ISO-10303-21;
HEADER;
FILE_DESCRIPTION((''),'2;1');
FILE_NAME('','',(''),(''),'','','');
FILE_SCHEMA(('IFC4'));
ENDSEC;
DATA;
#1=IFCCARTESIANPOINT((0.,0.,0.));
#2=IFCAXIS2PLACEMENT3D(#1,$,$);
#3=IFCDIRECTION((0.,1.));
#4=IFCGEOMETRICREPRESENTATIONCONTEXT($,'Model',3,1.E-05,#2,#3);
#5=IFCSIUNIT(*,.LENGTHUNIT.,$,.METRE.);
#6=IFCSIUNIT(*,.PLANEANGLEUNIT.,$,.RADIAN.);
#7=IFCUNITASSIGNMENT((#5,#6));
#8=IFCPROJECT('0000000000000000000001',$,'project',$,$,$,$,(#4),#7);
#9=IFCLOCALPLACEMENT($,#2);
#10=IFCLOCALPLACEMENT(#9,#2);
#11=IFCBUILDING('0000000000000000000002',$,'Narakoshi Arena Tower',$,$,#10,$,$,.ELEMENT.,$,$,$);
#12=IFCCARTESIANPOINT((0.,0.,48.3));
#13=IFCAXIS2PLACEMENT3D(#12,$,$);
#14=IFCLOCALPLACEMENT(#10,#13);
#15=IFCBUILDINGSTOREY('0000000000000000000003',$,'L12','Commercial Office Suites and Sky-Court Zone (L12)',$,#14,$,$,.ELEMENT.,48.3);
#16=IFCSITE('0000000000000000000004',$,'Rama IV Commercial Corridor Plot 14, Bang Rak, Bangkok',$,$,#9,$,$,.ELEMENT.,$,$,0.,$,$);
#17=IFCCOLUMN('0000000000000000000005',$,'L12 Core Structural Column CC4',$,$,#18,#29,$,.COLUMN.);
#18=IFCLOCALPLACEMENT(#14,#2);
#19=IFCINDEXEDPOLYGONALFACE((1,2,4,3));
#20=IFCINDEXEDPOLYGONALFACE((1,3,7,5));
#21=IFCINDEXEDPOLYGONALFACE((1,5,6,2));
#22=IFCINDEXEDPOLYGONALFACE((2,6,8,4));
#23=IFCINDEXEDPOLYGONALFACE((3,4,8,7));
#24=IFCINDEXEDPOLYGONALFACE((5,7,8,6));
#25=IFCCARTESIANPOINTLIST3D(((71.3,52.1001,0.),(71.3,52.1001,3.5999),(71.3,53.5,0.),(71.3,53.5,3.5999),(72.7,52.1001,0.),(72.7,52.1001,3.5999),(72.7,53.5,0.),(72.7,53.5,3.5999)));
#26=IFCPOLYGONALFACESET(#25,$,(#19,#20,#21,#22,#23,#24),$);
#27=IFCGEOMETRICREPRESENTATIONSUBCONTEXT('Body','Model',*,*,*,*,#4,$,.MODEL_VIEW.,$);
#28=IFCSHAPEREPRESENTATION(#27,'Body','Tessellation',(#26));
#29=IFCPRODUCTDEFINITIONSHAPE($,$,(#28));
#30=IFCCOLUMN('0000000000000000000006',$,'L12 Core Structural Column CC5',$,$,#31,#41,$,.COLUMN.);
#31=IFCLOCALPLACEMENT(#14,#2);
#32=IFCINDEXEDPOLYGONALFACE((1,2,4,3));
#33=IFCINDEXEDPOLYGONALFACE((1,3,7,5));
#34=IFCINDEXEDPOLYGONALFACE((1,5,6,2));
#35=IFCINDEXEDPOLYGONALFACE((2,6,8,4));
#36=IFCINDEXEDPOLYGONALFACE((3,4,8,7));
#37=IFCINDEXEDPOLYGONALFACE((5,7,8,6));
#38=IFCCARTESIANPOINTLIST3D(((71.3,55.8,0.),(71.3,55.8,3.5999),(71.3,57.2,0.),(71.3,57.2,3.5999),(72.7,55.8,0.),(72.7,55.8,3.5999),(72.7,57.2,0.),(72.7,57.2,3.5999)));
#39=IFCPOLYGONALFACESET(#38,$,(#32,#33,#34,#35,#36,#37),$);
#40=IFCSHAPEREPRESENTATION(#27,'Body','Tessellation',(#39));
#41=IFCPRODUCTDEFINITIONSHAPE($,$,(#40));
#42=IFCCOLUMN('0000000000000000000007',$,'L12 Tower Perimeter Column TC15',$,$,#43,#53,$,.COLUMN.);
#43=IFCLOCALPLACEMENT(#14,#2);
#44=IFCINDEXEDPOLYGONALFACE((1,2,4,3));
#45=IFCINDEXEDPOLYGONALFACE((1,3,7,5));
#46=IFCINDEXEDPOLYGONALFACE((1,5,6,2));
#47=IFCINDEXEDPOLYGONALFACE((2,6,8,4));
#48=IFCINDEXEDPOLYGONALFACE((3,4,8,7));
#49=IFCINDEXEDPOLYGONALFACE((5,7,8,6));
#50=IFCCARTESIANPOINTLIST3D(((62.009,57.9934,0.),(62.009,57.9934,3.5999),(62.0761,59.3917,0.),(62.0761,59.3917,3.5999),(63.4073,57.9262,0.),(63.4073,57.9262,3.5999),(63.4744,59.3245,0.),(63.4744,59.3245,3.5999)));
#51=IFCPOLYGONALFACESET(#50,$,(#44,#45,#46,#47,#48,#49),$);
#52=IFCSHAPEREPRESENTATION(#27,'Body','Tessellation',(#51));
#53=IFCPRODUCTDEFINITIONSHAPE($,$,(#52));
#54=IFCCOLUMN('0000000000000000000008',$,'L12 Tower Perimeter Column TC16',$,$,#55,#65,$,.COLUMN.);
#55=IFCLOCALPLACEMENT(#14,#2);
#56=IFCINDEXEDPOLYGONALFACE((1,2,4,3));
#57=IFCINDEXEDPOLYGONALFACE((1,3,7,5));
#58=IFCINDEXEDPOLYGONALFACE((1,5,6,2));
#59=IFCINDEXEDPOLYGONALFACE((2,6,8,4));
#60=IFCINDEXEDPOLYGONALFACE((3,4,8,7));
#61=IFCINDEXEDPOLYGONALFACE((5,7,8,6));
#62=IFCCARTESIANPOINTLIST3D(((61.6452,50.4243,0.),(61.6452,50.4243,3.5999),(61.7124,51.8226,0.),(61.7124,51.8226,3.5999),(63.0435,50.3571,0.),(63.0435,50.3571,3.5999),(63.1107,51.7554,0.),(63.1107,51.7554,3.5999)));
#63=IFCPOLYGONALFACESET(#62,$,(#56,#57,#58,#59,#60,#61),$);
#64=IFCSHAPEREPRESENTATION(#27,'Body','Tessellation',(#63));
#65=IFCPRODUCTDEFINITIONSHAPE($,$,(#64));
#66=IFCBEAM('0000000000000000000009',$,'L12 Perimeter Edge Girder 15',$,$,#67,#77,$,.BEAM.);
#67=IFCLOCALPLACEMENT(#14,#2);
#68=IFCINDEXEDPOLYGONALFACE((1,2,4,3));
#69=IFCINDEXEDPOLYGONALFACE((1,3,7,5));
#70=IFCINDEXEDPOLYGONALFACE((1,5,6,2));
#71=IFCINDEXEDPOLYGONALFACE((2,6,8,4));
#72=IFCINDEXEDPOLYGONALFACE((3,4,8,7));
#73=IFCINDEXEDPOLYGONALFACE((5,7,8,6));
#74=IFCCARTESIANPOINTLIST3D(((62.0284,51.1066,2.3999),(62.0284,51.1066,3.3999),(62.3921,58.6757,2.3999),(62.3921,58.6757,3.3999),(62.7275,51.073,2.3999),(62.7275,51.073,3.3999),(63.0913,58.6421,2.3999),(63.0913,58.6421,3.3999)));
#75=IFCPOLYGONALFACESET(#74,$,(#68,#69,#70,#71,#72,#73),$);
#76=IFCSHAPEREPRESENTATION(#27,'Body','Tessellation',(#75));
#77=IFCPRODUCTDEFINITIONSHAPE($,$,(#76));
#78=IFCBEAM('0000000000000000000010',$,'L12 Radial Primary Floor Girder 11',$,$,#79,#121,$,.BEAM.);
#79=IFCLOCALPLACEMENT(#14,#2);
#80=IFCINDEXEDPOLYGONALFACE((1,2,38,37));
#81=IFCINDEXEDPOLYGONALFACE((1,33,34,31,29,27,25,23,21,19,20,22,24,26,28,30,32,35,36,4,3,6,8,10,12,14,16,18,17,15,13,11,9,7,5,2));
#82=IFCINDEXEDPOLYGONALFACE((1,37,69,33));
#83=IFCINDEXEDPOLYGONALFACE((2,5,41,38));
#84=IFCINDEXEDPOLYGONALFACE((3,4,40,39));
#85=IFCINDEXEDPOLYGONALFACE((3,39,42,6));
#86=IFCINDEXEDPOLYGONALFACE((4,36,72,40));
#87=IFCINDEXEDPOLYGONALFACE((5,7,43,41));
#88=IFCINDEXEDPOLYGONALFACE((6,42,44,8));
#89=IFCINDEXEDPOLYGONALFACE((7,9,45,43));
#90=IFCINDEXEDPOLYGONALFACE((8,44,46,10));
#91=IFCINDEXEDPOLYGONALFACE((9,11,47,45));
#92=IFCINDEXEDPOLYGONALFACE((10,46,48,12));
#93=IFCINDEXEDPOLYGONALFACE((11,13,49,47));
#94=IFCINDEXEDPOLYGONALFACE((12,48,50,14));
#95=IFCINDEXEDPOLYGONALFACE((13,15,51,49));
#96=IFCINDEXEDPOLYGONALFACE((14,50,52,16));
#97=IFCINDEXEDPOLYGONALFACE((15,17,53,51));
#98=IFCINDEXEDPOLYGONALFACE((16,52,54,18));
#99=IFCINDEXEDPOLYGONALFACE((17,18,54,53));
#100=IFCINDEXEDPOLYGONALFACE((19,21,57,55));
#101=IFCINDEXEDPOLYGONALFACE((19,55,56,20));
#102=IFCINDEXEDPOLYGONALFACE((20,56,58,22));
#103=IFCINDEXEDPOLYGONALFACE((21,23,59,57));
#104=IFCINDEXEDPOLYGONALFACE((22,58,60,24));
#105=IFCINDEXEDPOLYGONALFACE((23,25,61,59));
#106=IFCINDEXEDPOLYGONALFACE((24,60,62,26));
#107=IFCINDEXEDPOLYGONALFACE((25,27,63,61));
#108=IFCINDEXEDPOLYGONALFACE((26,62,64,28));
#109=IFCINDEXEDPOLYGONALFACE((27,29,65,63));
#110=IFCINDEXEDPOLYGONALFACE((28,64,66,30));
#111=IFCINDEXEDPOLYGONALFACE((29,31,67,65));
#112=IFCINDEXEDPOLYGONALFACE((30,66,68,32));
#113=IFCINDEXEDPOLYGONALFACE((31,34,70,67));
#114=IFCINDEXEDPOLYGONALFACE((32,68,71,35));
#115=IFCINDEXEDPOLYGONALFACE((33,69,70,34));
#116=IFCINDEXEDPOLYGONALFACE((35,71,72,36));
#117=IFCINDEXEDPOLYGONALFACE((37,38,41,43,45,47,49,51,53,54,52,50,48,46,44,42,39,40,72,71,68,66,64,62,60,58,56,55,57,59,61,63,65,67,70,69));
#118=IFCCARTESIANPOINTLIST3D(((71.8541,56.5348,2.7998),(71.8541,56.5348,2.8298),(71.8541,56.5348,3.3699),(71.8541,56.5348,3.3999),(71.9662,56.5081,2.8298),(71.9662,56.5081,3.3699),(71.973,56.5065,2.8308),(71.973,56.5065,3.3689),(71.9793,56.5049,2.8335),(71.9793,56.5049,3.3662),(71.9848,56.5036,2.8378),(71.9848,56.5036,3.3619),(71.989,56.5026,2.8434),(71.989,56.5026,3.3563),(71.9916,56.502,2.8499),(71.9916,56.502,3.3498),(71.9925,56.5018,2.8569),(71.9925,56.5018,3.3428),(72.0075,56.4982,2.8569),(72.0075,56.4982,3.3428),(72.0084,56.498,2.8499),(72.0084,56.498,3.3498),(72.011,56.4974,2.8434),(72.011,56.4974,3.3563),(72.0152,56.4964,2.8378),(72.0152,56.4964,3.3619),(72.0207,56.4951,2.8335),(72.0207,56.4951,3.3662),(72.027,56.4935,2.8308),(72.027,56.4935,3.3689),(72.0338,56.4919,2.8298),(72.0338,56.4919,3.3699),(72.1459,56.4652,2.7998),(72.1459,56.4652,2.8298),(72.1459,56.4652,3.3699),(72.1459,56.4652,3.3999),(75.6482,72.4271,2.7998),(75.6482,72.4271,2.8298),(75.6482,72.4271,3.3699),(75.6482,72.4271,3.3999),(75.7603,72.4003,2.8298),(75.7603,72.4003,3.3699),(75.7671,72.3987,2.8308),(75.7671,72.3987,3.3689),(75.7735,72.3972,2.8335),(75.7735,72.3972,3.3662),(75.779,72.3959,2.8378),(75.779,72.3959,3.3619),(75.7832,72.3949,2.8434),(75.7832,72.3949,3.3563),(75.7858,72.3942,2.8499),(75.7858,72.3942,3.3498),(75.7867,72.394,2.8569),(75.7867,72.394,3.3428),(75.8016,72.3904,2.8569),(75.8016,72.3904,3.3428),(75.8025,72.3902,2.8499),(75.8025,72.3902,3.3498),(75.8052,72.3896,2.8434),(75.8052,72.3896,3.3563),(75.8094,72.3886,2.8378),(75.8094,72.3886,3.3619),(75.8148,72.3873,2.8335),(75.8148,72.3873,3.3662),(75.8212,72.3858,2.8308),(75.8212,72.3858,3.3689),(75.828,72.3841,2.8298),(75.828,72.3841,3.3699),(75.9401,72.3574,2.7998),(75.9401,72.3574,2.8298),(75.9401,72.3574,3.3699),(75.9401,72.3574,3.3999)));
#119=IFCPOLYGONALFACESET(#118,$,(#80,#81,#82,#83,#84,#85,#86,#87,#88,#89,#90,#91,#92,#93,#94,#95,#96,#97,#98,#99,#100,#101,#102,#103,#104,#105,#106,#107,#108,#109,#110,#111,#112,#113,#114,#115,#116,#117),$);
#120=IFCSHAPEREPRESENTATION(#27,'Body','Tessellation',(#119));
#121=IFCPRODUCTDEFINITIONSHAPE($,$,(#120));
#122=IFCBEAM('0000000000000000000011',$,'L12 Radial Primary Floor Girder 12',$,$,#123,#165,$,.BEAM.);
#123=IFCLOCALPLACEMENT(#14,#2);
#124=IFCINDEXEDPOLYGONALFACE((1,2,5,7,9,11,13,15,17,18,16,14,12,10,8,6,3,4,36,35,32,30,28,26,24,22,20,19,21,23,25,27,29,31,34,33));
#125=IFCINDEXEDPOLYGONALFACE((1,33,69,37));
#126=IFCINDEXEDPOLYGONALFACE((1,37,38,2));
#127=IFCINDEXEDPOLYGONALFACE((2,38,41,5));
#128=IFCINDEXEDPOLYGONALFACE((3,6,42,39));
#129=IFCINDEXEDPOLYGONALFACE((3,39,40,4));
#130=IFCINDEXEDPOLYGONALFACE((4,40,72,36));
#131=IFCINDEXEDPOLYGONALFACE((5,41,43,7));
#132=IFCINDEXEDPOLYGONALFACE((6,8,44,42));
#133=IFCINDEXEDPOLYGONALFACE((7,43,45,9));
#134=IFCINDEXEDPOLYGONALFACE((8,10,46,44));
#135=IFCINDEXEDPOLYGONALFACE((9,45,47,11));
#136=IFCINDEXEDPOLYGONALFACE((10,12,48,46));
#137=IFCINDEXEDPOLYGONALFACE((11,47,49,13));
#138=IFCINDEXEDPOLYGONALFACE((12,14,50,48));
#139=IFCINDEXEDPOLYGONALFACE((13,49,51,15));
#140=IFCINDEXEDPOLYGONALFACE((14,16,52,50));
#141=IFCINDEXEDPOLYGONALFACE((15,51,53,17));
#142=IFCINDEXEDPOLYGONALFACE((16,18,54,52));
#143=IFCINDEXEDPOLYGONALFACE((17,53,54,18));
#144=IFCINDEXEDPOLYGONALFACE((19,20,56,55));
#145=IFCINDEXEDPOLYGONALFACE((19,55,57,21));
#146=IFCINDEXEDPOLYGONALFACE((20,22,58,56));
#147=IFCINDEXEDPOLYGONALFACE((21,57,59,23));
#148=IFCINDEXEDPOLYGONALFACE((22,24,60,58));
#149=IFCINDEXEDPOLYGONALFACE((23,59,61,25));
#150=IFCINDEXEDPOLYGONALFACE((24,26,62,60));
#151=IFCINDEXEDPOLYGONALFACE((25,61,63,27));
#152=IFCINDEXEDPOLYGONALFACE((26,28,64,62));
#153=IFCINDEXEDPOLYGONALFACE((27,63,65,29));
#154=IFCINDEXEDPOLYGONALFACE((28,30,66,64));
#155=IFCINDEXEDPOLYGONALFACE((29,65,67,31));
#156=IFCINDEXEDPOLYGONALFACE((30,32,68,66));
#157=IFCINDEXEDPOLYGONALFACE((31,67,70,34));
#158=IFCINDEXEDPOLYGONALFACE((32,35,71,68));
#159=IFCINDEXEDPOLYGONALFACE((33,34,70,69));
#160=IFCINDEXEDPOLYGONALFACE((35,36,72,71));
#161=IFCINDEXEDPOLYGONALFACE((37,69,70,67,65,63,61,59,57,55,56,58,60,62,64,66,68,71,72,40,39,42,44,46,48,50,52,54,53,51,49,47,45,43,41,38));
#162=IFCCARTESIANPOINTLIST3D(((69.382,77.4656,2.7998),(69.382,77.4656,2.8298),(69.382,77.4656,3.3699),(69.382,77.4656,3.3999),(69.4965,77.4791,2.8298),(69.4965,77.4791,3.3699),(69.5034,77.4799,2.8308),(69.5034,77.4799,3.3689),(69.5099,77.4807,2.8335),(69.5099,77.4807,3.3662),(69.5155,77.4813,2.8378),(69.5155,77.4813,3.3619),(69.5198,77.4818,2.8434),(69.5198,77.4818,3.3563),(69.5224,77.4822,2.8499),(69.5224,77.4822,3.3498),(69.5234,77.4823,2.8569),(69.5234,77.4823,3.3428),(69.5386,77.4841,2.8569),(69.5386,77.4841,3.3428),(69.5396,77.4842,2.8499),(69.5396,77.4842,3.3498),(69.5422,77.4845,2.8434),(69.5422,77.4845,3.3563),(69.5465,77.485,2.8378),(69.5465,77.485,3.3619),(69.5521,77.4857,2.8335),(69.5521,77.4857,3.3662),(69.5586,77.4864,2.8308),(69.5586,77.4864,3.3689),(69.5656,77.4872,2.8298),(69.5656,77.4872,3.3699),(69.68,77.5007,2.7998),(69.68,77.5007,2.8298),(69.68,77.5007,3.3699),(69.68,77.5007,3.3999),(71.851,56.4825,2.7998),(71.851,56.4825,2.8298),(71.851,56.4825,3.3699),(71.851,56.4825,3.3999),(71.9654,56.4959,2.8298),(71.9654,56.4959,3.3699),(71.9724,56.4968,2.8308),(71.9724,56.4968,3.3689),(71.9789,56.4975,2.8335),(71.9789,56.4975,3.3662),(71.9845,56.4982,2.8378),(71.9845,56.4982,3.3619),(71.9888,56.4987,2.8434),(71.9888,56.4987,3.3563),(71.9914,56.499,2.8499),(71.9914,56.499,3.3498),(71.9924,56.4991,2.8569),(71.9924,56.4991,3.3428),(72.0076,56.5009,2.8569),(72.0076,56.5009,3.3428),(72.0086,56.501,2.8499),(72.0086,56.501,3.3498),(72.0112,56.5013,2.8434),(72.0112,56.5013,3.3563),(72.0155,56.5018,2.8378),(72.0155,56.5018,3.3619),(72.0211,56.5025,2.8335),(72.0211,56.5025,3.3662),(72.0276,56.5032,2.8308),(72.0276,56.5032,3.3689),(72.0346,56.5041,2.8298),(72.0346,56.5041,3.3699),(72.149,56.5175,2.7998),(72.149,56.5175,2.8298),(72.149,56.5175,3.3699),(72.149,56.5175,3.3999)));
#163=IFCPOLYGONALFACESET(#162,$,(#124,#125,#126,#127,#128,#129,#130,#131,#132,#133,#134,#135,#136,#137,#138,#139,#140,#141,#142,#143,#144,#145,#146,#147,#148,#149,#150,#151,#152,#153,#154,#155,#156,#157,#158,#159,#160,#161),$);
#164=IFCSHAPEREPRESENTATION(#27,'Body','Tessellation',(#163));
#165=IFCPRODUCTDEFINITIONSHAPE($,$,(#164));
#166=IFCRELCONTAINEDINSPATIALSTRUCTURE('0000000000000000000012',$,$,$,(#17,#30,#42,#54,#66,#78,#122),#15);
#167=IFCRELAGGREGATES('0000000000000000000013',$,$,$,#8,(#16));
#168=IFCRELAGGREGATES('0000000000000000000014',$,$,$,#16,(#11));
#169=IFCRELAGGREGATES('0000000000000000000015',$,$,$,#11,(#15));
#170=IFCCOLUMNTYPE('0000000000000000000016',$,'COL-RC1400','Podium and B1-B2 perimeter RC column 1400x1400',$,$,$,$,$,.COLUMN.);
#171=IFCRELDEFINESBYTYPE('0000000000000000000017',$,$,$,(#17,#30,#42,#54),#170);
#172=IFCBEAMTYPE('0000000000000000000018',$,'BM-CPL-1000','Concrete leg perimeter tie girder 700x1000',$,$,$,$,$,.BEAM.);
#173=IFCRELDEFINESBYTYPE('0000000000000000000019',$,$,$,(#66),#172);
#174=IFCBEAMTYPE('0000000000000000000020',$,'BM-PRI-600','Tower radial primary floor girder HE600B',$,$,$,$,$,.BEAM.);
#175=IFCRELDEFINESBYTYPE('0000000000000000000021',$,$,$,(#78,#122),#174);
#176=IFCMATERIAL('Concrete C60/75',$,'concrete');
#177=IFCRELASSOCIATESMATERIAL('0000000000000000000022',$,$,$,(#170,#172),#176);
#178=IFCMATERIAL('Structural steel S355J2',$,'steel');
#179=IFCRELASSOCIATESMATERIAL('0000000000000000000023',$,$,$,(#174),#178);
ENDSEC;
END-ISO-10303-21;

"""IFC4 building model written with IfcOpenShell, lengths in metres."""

from ifc_helpers import new_model, si_unit, direction, frame, origin, origin_2d, place, context, subcontext, project, spatial, rectangle, i_section, extrude, material, material_profile, profile_set, type_object, element, save


model = new_model("IFC4")

# Units and contexts
model_context = context("Model", 3, precision=1e-05, world=origin(), true_north=direction((0.0, 1.0)))
body_context = subcontext(model_context, "Body", "Model", "MODEL_VIEW")
ifc_project = project(units=[si_unit("LENGTHUNIT", "METRE"), si_unit("PLANEANGLEUNIT", "RADIAN")], contexts=[model_context])

# Site, building, storey
site_placement = place(None, origin())
site = spatial("IfcSite", under=ifc_project, at=site_placement, Name="Rama IV Commercial Corridor Plot 14, Bang Rak, Bangkok", CompositionType="ELEMENT", RefElevation=0.0)
building_placement = place(site_placement, origin())
building = spatial("IfcBuilding", under=site, at=building_placement, Name="Narakoshi Arena Tower", CompositionType="ELEMENT")
storey_placement = place(building_placement, frame((0.0, 0.0, 48.3)))
storey = spatial("IfcBuildingStorey", under=building, at=storey_placement, Name="L12", Description="Commercial Office Suites and Sky-Court Zone (L12)", CompositionType="ELEMENT", Elevation=48.3)

# Columns
ifc_material_1 = material(Name="Concrete C60/75", Category="concrete")
ifc_material_profile_1 = material_profile(ifc_material_1, rectangle(XDim=1.3999, YDim=1.3999, at=origin_2d()), Name="RC1400x1400")
ifc_profile_set_1 = profile_set([ifc_material_profile_1], Name="Concrete C60/75")
column_type = type_object("IfcColumnType", Name="COL-RC1400", Description="Podium and B1-B2 perimeter RC column 1400x1400", PredefinedType="COLUMN", material=ifc_profile_set_1)
for number, where, z_axis, x_axis, name in (
    (1, (72.0, 52.8, 0.0), (0.0, 0.0, 1.0), (1.0, 0.0, 0.0), "L12 Core Structural Column CC4"),
    (2, (72.0, 56.5, 0.0), (0.0, 0.0, 1.0), (1.0, 0.0, 0.0), "L12 Core Structural Column CC5"),
    (3, (62.7417, 58.6589, 0.0), (0.0, 0.0, 1.0), (0.047978, 0.998848, 0.0), "L12 Tower Perimeter Column TC15"),
    (4, (62.3779, 51.0898, 0.0), (0.0, 0.0, 1.0), (0.047978, 0.998848, 0.0), "L12 Tower Perimeter Column TC16"),
):
    element("IfcColumn", number, at=place(storey_placement, frame(where, z_axis=z_axis, x_axis=x_axis)), inside=storey, type_object=column_type, Name=name, PredefinedType="COLUMN", context=body_context, shape_type="SweptSolid", body=[
        extrude(rectangle(XDim=1.3999, YDim=1.3999, at=origin_2d()), origin(), (0.0, 0.0, 1.0), 3.5999),
    ])

# Beams
ifc_material_profile_2 = material_profile(ifc_material_1, rectangle(XDim=0.7, YDim=1.0, at=origin_2d()), Name="RCB700x1000")
ifc_profile_set_2 = profile_set([ifc_material_profile_2], Name="Concrete C60/75")
beam_type_1 = type_object("IfcBeamType", Name="BM-CPL-1000", Description="Concrete leg perimeter tie girder 700x1000", PredefinedType="BEAM", material=ifc_profile_set_2)
beam_1_placement = place(storey_placement, frame((62.7417, 58.6589, 2.8999), z_axis=(-0.048004, -0.998847, 0.0), x_axis=(0.998847, -0.048004, 0.0)))
element("IfcBeam", 5, at=beam_1_placement, inside=storey, type_object=beam_type_1, Name="L12 Perimeter Edge Girder 15", PredefinedType="BEAM", context=body_context, shape_type="SweptSolid", body=[
    extrude(rectangle(XDim=0.7, YDim=1.0, at=origin_2d()), origin(), (0.0, 0.0, 1.0), 7.5779),
])
ifc_material_2 = material(Name="Structural steel S355J2", Category="steel")
ifc_material_profile_3 = material_profile(ifc_material_2, i_section(OverallWidth=0.3, OverallDepth=0.6001, WebThickness=0.0154, FlangeThickness=0.03, FilletRadius=0.0271, at=origin_2d()), Name="HE600B")
ifc_profile_set_3 = profile_set([ifc_material_profile_3], Name="Structural steel S355J2")
beam_type_2 = type_object("IfcBeamType", Name="BM-PRI-600", Description="Tower radial primary floor girder HE600B", PredefinedType="BEAM", material=ifc_profile_set_3)
beam_2_placement = place(storey_placement, frame((72.0, 56.5, 3.0999), z_axis=(0.232217, 0.972664, 0.0), x_axis=(-0.972664, 0.232217, 0.0)))
element("IfcBeam", 6, at=beam_2_placement, inside=storey, type_object=beam_type_2, Name="L12 Radial Primary Floor Girder 11", PredefinedType="BEAM", context=body_context, shape_type="SweptSolid", body=[
    extrude(i_section(OverallWidth=0.3, OverallDepth=0.6001, WebThickness=0.0154, FlangeThickness=0.03, FilletRadius=0.0271, at=origin_2d()), origin(), (0.0, 0.0, 1.0), 16.3389),
])
beam_3_placement = place(storey_placement, frame((72.0, 56.5, 3.0999), z_axis=(-0.116859, 0.993148, 0.0), x_axis=(-0.993148, -0.116859, 0.0)))
element("IfcBeam", 7, at=beam_3_placement, inside=storey, type_object=beam_type_2, Name="L12 Radial Primary Floor Girder 12", PredefinedType="BEAM", context=body_context, shape_type="SweptSolid", body=[
    extrude(i_section(OverallWidth=0.3, OverallDepth=0.6001, WebThickness=0.0154, FlangeThickness=0.03, FilletRadius=0.0271, at=origin_2d()), origin(), (0.0, 0.0, 1.0), 21.1279),
])

save(model, "model.ifc")
